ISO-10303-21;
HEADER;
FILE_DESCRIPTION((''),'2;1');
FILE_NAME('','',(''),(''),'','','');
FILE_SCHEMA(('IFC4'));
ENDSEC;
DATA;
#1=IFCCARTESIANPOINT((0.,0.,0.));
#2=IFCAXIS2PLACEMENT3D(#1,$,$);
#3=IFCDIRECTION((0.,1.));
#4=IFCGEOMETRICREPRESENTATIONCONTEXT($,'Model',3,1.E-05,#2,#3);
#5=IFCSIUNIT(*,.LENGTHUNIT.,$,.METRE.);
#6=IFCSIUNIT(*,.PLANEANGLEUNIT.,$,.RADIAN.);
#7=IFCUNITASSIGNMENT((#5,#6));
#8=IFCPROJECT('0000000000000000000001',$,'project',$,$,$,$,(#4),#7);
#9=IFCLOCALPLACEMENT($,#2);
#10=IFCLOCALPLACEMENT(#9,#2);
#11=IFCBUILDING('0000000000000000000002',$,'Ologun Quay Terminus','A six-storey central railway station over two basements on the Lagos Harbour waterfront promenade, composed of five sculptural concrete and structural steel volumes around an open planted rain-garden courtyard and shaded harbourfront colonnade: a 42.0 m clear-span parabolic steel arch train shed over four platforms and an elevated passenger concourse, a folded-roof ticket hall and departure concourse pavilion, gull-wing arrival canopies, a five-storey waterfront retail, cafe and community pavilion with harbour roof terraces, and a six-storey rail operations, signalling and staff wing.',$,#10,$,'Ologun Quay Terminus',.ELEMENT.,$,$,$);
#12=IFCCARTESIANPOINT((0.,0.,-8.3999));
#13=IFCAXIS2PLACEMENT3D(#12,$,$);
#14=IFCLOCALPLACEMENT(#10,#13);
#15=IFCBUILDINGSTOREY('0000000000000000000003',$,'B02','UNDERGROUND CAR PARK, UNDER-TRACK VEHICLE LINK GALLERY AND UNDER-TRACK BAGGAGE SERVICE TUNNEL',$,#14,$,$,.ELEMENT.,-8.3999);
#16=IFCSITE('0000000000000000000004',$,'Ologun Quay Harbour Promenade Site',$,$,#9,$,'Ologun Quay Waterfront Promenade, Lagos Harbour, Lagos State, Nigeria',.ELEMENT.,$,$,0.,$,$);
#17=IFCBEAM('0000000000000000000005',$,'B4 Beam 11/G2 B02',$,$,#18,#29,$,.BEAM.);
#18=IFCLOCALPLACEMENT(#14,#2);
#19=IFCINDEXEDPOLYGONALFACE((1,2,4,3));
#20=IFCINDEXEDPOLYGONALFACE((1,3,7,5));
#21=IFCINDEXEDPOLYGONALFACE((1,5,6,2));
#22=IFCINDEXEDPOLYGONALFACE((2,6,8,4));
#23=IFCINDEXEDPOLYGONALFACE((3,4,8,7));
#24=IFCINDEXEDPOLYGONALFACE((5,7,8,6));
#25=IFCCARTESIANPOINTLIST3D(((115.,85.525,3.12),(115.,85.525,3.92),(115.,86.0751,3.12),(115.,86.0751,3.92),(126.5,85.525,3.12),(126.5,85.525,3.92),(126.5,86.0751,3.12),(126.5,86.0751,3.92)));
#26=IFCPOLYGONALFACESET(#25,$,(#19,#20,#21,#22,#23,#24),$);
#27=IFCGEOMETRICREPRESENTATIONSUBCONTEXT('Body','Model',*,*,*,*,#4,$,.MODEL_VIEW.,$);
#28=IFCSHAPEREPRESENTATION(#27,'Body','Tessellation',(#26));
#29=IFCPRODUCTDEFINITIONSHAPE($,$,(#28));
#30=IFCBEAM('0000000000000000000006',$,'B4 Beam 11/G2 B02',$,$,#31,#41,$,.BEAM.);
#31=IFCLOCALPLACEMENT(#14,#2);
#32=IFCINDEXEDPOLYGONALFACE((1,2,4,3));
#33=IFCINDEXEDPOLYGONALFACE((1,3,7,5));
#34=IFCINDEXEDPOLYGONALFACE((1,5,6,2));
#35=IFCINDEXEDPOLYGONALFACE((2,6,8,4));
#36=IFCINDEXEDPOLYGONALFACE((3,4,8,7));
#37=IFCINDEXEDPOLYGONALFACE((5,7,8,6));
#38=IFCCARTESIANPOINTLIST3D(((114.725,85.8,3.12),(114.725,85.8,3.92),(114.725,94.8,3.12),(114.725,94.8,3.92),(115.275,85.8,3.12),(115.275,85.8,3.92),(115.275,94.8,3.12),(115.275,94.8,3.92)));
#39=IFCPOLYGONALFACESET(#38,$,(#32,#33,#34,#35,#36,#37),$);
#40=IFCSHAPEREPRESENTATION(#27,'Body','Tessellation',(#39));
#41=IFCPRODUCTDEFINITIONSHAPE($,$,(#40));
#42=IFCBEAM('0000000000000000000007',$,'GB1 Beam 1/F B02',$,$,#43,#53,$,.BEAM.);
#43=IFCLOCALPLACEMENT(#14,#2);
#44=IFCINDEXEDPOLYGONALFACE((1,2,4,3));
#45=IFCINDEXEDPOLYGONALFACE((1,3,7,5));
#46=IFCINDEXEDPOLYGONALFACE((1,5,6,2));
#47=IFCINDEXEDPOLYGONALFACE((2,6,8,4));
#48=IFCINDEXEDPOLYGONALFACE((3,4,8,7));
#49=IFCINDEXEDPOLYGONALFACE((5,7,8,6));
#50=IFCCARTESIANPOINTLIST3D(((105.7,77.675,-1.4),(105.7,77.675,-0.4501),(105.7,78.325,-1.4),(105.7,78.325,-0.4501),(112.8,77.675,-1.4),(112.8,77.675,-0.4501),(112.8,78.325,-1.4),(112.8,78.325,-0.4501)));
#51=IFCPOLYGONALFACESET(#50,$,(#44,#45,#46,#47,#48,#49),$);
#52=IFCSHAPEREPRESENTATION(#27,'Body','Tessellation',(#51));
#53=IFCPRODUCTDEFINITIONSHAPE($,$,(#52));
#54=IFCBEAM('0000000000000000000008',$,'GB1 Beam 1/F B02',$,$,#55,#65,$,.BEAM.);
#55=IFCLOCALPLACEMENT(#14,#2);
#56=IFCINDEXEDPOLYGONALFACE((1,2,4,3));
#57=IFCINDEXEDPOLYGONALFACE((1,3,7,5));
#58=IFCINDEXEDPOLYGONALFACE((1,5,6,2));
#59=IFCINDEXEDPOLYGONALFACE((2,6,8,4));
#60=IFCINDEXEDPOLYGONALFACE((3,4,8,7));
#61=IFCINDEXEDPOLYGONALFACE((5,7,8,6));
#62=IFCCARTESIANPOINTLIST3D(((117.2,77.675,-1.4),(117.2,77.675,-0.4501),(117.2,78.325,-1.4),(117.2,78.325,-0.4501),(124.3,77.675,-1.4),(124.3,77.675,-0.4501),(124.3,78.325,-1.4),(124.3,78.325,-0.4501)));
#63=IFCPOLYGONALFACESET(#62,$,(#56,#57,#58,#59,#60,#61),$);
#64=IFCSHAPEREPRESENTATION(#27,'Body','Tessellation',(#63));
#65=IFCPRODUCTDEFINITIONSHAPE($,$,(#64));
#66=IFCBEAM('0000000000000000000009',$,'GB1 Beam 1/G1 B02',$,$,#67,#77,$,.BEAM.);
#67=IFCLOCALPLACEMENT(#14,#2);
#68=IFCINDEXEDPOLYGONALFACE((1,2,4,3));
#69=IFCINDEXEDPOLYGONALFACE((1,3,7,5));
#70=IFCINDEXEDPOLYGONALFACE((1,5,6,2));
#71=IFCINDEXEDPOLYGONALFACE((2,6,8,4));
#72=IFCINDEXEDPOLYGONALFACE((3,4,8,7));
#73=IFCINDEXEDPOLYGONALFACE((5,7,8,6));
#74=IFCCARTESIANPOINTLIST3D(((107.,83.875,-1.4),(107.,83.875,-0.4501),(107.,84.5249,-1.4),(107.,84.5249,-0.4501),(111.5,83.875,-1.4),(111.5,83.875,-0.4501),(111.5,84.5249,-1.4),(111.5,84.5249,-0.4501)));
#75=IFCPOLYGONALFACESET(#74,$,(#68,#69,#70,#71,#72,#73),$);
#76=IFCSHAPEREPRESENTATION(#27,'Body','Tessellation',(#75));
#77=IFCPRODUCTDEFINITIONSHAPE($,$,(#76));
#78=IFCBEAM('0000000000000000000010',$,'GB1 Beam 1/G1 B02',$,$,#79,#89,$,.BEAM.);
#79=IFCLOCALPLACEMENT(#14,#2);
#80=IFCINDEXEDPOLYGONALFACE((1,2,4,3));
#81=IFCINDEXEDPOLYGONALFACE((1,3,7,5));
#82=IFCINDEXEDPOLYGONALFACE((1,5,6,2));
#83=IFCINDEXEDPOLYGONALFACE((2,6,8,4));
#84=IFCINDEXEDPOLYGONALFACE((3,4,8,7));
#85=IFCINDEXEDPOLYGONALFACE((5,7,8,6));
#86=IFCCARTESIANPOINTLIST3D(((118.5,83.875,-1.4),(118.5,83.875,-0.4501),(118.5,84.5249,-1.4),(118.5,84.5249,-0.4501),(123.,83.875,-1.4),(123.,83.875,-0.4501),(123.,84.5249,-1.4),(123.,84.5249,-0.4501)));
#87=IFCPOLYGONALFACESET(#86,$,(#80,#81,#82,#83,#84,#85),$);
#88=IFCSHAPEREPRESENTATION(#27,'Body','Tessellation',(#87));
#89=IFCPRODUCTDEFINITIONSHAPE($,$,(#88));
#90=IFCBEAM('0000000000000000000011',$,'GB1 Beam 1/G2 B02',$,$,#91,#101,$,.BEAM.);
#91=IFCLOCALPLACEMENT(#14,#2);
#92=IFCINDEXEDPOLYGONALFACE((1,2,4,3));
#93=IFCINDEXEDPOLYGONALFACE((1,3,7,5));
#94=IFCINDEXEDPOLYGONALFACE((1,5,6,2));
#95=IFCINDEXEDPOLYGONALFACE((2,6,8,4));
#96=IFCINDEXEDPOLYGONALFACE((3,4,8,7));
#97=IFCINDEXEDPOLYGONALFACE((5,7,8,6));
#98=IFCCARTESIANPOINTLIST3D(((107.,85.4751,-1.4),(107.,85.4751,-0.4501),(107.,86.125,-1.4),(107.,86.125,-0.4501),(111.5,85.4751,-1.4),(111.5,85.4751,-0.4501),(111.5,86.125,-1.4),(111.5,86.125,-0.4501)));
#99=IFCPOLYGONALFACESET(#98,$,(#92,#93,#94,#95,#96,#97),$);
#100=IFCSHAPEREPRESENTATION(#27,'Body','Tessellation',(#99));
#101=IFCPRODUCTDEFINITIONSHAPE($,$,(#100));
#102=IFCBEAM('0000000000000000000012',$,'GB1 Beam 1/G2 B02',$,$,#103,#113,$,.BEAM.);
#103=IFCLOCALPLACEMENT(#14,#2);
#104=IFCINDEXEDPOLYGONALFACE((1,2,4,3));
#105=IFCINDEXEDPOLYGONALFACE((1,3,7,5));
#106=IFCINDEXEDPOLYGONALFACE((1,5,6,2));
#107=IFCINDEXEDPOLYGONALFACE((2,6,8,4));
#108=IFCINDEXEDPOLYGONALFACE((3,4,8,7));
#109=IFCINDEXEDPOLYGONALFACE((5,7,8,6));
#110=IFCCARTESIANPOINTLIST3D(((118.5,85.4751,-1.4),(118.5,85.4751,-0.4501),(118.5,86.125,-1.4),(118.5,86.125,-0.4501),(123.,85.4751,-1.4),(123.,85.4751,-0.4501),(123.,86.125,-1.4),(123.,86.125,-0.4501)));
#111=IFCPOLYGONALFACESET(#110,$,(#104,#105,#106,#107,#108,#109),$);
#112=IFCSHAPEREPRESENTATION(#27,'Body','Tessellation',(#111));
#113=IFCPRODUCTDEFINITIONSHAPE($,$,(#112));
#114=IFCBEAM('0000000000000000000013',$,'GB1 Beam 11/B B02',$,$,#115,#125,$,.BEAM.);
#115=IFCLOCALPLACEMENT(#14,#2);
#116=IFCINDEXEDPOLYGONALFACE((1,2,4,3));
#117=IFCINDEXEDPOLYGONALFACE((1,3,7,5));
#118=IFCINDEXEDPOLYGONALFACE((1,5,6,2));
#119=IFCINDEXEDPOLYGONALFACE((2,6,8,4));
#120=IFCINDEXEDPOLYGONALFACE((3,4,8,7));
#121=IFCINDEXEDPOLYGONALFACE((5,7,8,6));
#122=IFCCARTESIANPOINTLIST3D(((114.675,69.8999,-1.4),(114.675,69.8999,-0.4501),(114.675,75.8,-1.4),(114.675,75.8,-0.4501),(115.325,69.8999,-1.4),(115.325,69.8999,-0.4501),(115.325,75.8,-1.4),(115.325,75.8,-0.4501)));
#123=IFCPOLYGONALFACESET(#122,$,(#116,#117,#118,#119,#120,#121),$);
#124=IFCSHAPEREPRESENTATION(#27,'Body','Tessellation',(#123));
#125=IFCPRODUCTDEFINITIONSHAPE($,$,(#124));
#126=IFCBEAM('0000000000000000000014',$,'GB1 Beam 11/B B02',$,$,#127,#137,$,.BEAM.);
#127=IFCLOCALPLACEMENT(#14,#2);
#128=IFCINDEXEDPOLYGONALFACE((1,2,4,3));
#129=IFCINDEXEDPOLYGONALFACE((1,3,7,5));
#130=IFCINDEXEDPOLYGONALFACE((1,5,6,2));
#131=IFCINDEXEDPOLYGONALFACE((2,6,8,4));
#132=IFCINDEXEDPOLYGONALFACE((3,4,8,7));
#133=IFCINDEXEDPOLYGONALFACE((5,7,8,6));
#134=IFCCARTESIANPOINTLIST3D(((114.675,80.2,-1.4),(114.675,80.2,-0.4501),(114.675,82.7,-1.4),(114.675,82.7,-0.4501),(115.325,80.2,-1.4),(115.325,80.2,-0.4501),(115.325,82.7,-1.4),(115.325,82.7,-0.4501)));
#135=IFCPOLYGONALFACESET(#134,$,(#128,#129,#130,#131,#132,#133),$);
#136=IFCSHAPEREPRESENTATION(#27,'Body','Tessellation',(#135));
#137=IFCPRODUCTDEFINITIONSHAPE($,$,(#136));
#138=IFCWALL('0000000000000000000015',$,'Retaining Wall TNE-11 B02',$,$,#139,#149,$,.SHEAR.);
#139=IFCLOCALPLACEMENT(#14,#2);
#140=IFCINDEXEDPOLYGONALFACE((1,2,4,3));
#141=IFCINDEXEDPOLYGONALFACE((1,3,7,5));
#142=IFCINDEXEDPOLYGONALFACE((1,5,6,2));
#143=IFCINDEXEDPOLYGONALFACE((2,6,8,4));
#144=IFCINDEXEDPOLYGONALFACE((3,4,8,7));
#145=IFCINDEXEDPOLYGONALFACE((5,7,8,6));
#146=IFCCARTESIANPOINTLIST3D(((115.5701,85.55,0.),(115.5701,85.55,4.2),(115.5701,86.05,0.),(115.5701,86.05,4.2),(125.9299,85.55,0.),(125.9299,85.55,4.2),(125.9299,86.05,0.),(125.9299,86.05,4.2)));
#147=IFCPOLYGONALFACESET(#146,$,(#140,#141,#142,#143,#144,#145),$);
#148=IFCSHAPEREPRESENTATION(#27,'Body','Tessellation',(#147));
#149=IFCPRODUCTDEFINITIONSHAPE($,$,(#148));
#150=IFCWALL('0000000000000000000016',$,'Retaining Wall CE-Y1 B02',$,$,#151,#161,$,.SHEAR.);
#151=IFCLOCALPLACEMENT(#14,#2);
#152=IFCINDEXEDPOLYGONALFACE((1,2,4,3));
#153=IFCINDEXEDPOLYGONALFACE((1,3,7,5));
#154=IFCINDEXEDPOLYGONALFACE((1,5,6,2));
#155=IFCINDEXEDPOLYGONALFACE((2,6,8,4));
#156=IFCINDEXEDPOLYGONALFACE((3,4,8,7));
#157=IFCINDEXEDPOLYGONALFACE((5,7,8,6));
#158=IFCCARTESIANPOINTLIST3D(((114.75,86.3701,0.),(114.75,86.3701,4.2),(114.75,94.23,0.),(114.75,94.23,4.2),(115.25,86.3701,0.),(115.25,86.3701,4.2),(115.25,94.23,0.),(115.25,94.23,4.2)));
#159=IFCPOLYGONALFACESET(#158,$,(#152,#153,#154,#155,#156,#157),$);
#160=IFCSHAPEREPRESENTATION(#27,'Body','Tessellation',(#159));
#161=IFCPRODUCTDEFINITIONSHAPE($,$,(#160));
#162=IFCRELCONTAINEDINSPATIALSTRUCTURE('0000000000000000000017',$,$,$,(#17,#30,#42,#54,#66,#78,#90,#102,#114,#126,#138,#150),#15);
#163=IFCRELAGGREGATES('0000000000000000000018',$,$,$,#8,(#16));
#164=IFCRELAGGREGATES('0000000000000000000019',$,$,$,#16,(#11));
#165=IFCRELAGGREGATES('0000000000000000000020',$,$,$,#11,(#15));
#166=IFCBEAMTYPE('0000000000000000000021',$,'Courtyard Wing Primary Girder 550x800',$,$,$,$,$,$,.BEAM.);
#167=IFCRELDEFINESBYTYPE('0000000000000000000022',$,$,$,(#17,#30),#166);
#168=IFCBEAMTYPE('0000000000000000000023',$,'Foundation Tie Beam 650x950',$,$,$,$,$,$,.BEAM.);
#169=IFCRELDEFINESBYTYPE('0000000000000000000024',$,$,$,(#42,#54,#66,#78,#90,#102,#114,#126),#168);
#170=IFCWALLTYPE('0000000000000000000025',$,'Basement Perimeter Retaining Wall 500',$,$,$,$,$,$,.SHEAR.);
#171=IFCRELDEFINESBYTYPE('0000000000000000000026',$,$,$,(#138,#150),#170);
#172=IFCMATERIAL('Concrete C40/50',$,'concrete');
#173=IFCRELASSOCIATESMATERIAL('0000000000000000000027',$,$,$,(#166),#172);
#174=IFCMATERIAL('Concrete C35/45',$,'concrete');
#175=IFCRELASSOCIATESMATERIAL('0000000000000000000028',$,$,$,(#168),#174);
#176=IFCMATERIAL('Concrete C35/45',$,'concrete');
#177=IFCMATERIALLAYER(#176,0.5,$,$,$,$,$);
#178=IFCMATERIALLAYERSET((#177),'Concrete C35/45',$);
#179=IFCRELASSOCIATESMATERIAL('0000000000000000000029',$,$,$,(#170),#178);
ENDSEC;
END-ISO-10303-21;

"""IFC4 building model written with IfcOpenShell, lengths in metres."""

from ifc_helpers import new_model, si_unit, direction, frame, frame_2d, origin, origin_2d, place, context, subcontext, project, spatial, rectangle, extrude, material, layer, layer_set, material_profile, profile_set, type_object, element, save


model = new_model("IFC4")

# Units and contexts
model_context = context("Model", 3, precision=1e-05, world=origin(), true_north=direction((0.0, 1.0)))
body_context = subcontext(model_context, "Body", "Model", "MODEL_VIEW")
ifc_project = project(units=[si_unit("LENGTHUNIT", "METRE"), si_unit("PLANEANGLEUNIT", "RADIAN")], contexts=[model_context])

# Site, building, storey
site_placement = place(None, origin())
site = spatial("IfcSite", under=ifc_project, at=site_placement, Name="Ologun Quay Harbour Promenade Site", LongName="Ologun Quay Waterfront Promenade, Lagos Harbour, Lagos State, Nigeria", CompositionType="ELEMENT", RefElevation=0.0)
building_placement = place(site_placement, origin())
building = spatial("IfcBuilding", under=site, at=building_placement, Name="Ologun Quay Terminus", Description="A six-storey central railway station over two basements on the Lagos Harbour waterfront promenade, composed of five sculptural concrete and structural steel volumes around an open planted rain-garden courtyard and shaded harbourfront colonnade: a 42.0 m clear-span parabolic steel arch train shed over four platforms and an elevated passenger concourse, a folded-roof ticket hall and departure concourse pavilion, gull-wing arrival canopies, a five-storey waterfront retail, cafe and community pavilion with harbour roof terraces, and a six-storey rail operations, signalling and staff wing.", LongName="Ologun Quay Terminus", CompositionType="ELEMENT")
storey_placement = place(building_placement, frame((0.0, 0.0, -8.3999)))
storey = spatial("IfcBuildingStorey", under=building, at=storey_placement, Name="B02", Description="UNDERGROUND CAR PARK, UNDER-TRACK VEHICLE LINK GALLERY AND UNDER-TRACK BAGGAGE SERVICE TUNNEL", CompositionType="ELEMENT", Elevation=-8.3999)

# Beams
ifc_material_1 = material(Name="Concrete C40/50", Category="concrete")
ifc_material_profile_1 = material_profile(ifc_material_1, rectangle(XDim=0.55, YDim=0.8, at=origin_2d()), Name="RC 550x800")
ifc_profile_set_1 = profile_set([ifc_material_profile_1], Name="Concrete C40/50")
beam_type_1 = type_object("IfcBeamType", Name="Courtyard Wing Primary Girder 550x800", PredefinedType="BEAM", material=ifc_profile_set_1)
beam_1_placement = place(storey_placement, frame((115.0, 85.8, 3.52), z_axis=(1.0, 0.0, 0.0), x_axis=(0.0, 1.0, 0.0)))
element("IfcBeam", 1, at=beam_1_placement, inside=storey, type_object=beam_type_1, Name="B4 Beam 11/G2 B02", PredefinedType="BEAM", context=body_context, shape_type="SweptSolid", body=[
    extrude(rectangle(XDim=0.55, YDim=0.8, at=origin_2d()), origin(), (0.0, 0.0, 1.0), 11.5),
])
beam_2_placement = place(storey_placement, frame((115.0, 85.8, 3.52), z_axis=(0.0, 1.0, 0.0), x_axis=(-1.0, 0.0, 0.0)))
element("IfcBeam", 2, at=beam_2_placement, inside=storey, type_object=beam_type_1, Name="B4 Beam 11/G2 B02", PredefinedType="BEAM", context=body_context, shape_type="SweptSolid", body=[
    extrude(rectangle(XDim=0.55, YDim=0.8, at=origin_2d()), origin(), (0.0, 0.0, 1.0), 9.0),
])
ifc_material_2 = material(Name="Concrete C35/45", Category="concrete")
ifc_material_profile_2 = material_profile(ifc_material_2, rectangle(XDim=0.6499, YDim=0.95, at=origin_2d()), Name="RC 650x950")
ifc_profile_set_2 = profile_set([ifc_material_profile_2], Name="Concrete C35/45")
beam_type_2 = type_object("IfcBeamType", Name="Foundation Tie Beam 650x950", PredefinedType="BEAM", material=ifc_profile_set_2)
for number, where, z_axis, x_axis, name in (
    (3, (105.7, 78.0, -0.925), (1.0, 0.0, 0.0), (0.0, 1.0, 0.0), "GB1 Beam 1/F B02"),
    (4, (117.2, 78.0, -0.925), (1.0, 0.0, 0.0), (0.0, 1.0, 0.0), "GB1 Beam 1/F B02"),
):
    element("IfcBeam", number, at=place(storey_placement, frame(where, z_axis=z_axis, x_axis=x_axis)), inside=storey, type_object=beam_type_2, Name=name, PredefinedType="BEAM", context=body_context, shape_type="SweptSolid", body=[
        extrude(rectangle(XDim=0.6499, YDim=0.95, at=origin_2d()), origin(), (0.0, 0.0, 1.0), 7.1001),
    ])
for number, where, z_axis, x_axis, name in (
    (5, (107.0, 84.2, -0.925), (1.0, 0.0, 0.0), (0.0, 1.0, 0.0), "GB1 Beam 1/G1 B02"),
    (6, (118.5, 84.2, -0.925), (1.0, 0.0, 0.0), (0.0, 1.0, 0.0), "GB1 Beam 1/G1 B02"),
    (7, (107.0, 85.8, -0.925), (1.0, 0.0, 0.0), (0.0, 1.0, 0.0), "GB1 Beam 1/G2 B02"),
    (8, (118.5, 85.8, -0.925), (1.0, 0.0, 0.0), (0.0, 1.0, 0.0), "GB1 Beam 1/G2 B02"),
):
    element("IfcBeam", number, at=place(storey_placement, frame(where, z_axis=z_axis, x_axis=x_axis)), inside=storey, type_object=beam_type_2, Name=name, PredefinedType="BEAM", context=body_context, shape_type="SweptSolid", body=[
        extrude(rectangle(XDim=0.6499, YDim=0.95, at=origin_2d()), origin(), (0.0, 0.0, 1.0), 4.5),
    ])
beam_3_placement = place(storey_placement, frame((115.0, 69.8999, -0.925), z_axis=(0.0, 1.0, 0.0), x_axis=(-1.0, 0.0, 0.0)))
element("IfcBeam", 9, at=beam_3_placement, inside=storey, type_object=beam_type_2, Name="GB1 Beam 11/B B02", PredefinedType="BEAM", context=body_context, shape_type="SweptSolid", body=[
    extrude(rectangle(XDim=0.6499, YDim=0.95, at=origin_2d()), origin(), (0.0, 0.0, 1.0), 5.9001),
])
beam_4_placement = place(storey_placement, frame((115.0, 80.2, -0.925), z_axis=(0.0, 1.0, 0.0), x_axis=(-1.0, 0.0, 0.0)))
element("IfcBeam", 10, at=beam_4_placement, inside=storey, type_object=beam_type_2, Name="GB1 Beam 11/B B02", PredefinedType="BEAM", context=body_context, shape_type="SweptSolid", body=[
    extrude(rectangle(XDim=0.6499, YDim=0.95, at=origin_2d()), origin(), (0.0, 0.0, 1.0), 2.5),
])

# Walls
ifc_material_3 = material(Name="Concrete C35/45", Category="concrete")
ifc_layer = layer(ifc_material_3, 0.5)
ifc_layer_set = layer_set([ifc_layer], Name="Concrete C35/45")
wall_type = type_object("IfcWallType", Name="Basement Perimeter Retaining Wall 500", PredefinedType="SHEAR", material=ifc_layer_set)
wall_1_placement = place(storey_placement, frame((115.5701, 85.8, 0.0), z_axis=(0.0, 0.0, 1.0), x_axis=(1.0, 0.0, 0.0)))
element("IfcWall", 11, at=wall_1_placement, inside=storey, type_object=wall_type, Name="Retaining Wall TNE-11 B02", PredefinedType="SHEAR", context=body_context, shape_type="SweptSolid", body=[
    extrude(rectangle(XDim=10.3599, YDim=0.5, at=frame_2d((5.1799, 0.0))), origin(), (0.0, 0.0, 1.0), 4.2),
])
wall_2_placement = place(storey_placement, frame((115.0, 86.3701, 0.0), z_axis=(0.0, 0.0, 1.0), x_axis=(0.0, 1.0, 0.0)))
element("IfcWall", 12, at=wall_2_placement, inside=storey, type_object=wall_type, Name="Retaining Wall CE-Y1 B02", PredefinedType="SHEAR", context=body_context, shape_type="SweptSolid", body=[
    extrude(rectangle(XDim=7.8599, YDim=0.5, at=frame_2d((3.9299, 0.0))), origin(), (0.0, 0.0, 1.0), 4.2),
])

save(model, "model.ifc")
